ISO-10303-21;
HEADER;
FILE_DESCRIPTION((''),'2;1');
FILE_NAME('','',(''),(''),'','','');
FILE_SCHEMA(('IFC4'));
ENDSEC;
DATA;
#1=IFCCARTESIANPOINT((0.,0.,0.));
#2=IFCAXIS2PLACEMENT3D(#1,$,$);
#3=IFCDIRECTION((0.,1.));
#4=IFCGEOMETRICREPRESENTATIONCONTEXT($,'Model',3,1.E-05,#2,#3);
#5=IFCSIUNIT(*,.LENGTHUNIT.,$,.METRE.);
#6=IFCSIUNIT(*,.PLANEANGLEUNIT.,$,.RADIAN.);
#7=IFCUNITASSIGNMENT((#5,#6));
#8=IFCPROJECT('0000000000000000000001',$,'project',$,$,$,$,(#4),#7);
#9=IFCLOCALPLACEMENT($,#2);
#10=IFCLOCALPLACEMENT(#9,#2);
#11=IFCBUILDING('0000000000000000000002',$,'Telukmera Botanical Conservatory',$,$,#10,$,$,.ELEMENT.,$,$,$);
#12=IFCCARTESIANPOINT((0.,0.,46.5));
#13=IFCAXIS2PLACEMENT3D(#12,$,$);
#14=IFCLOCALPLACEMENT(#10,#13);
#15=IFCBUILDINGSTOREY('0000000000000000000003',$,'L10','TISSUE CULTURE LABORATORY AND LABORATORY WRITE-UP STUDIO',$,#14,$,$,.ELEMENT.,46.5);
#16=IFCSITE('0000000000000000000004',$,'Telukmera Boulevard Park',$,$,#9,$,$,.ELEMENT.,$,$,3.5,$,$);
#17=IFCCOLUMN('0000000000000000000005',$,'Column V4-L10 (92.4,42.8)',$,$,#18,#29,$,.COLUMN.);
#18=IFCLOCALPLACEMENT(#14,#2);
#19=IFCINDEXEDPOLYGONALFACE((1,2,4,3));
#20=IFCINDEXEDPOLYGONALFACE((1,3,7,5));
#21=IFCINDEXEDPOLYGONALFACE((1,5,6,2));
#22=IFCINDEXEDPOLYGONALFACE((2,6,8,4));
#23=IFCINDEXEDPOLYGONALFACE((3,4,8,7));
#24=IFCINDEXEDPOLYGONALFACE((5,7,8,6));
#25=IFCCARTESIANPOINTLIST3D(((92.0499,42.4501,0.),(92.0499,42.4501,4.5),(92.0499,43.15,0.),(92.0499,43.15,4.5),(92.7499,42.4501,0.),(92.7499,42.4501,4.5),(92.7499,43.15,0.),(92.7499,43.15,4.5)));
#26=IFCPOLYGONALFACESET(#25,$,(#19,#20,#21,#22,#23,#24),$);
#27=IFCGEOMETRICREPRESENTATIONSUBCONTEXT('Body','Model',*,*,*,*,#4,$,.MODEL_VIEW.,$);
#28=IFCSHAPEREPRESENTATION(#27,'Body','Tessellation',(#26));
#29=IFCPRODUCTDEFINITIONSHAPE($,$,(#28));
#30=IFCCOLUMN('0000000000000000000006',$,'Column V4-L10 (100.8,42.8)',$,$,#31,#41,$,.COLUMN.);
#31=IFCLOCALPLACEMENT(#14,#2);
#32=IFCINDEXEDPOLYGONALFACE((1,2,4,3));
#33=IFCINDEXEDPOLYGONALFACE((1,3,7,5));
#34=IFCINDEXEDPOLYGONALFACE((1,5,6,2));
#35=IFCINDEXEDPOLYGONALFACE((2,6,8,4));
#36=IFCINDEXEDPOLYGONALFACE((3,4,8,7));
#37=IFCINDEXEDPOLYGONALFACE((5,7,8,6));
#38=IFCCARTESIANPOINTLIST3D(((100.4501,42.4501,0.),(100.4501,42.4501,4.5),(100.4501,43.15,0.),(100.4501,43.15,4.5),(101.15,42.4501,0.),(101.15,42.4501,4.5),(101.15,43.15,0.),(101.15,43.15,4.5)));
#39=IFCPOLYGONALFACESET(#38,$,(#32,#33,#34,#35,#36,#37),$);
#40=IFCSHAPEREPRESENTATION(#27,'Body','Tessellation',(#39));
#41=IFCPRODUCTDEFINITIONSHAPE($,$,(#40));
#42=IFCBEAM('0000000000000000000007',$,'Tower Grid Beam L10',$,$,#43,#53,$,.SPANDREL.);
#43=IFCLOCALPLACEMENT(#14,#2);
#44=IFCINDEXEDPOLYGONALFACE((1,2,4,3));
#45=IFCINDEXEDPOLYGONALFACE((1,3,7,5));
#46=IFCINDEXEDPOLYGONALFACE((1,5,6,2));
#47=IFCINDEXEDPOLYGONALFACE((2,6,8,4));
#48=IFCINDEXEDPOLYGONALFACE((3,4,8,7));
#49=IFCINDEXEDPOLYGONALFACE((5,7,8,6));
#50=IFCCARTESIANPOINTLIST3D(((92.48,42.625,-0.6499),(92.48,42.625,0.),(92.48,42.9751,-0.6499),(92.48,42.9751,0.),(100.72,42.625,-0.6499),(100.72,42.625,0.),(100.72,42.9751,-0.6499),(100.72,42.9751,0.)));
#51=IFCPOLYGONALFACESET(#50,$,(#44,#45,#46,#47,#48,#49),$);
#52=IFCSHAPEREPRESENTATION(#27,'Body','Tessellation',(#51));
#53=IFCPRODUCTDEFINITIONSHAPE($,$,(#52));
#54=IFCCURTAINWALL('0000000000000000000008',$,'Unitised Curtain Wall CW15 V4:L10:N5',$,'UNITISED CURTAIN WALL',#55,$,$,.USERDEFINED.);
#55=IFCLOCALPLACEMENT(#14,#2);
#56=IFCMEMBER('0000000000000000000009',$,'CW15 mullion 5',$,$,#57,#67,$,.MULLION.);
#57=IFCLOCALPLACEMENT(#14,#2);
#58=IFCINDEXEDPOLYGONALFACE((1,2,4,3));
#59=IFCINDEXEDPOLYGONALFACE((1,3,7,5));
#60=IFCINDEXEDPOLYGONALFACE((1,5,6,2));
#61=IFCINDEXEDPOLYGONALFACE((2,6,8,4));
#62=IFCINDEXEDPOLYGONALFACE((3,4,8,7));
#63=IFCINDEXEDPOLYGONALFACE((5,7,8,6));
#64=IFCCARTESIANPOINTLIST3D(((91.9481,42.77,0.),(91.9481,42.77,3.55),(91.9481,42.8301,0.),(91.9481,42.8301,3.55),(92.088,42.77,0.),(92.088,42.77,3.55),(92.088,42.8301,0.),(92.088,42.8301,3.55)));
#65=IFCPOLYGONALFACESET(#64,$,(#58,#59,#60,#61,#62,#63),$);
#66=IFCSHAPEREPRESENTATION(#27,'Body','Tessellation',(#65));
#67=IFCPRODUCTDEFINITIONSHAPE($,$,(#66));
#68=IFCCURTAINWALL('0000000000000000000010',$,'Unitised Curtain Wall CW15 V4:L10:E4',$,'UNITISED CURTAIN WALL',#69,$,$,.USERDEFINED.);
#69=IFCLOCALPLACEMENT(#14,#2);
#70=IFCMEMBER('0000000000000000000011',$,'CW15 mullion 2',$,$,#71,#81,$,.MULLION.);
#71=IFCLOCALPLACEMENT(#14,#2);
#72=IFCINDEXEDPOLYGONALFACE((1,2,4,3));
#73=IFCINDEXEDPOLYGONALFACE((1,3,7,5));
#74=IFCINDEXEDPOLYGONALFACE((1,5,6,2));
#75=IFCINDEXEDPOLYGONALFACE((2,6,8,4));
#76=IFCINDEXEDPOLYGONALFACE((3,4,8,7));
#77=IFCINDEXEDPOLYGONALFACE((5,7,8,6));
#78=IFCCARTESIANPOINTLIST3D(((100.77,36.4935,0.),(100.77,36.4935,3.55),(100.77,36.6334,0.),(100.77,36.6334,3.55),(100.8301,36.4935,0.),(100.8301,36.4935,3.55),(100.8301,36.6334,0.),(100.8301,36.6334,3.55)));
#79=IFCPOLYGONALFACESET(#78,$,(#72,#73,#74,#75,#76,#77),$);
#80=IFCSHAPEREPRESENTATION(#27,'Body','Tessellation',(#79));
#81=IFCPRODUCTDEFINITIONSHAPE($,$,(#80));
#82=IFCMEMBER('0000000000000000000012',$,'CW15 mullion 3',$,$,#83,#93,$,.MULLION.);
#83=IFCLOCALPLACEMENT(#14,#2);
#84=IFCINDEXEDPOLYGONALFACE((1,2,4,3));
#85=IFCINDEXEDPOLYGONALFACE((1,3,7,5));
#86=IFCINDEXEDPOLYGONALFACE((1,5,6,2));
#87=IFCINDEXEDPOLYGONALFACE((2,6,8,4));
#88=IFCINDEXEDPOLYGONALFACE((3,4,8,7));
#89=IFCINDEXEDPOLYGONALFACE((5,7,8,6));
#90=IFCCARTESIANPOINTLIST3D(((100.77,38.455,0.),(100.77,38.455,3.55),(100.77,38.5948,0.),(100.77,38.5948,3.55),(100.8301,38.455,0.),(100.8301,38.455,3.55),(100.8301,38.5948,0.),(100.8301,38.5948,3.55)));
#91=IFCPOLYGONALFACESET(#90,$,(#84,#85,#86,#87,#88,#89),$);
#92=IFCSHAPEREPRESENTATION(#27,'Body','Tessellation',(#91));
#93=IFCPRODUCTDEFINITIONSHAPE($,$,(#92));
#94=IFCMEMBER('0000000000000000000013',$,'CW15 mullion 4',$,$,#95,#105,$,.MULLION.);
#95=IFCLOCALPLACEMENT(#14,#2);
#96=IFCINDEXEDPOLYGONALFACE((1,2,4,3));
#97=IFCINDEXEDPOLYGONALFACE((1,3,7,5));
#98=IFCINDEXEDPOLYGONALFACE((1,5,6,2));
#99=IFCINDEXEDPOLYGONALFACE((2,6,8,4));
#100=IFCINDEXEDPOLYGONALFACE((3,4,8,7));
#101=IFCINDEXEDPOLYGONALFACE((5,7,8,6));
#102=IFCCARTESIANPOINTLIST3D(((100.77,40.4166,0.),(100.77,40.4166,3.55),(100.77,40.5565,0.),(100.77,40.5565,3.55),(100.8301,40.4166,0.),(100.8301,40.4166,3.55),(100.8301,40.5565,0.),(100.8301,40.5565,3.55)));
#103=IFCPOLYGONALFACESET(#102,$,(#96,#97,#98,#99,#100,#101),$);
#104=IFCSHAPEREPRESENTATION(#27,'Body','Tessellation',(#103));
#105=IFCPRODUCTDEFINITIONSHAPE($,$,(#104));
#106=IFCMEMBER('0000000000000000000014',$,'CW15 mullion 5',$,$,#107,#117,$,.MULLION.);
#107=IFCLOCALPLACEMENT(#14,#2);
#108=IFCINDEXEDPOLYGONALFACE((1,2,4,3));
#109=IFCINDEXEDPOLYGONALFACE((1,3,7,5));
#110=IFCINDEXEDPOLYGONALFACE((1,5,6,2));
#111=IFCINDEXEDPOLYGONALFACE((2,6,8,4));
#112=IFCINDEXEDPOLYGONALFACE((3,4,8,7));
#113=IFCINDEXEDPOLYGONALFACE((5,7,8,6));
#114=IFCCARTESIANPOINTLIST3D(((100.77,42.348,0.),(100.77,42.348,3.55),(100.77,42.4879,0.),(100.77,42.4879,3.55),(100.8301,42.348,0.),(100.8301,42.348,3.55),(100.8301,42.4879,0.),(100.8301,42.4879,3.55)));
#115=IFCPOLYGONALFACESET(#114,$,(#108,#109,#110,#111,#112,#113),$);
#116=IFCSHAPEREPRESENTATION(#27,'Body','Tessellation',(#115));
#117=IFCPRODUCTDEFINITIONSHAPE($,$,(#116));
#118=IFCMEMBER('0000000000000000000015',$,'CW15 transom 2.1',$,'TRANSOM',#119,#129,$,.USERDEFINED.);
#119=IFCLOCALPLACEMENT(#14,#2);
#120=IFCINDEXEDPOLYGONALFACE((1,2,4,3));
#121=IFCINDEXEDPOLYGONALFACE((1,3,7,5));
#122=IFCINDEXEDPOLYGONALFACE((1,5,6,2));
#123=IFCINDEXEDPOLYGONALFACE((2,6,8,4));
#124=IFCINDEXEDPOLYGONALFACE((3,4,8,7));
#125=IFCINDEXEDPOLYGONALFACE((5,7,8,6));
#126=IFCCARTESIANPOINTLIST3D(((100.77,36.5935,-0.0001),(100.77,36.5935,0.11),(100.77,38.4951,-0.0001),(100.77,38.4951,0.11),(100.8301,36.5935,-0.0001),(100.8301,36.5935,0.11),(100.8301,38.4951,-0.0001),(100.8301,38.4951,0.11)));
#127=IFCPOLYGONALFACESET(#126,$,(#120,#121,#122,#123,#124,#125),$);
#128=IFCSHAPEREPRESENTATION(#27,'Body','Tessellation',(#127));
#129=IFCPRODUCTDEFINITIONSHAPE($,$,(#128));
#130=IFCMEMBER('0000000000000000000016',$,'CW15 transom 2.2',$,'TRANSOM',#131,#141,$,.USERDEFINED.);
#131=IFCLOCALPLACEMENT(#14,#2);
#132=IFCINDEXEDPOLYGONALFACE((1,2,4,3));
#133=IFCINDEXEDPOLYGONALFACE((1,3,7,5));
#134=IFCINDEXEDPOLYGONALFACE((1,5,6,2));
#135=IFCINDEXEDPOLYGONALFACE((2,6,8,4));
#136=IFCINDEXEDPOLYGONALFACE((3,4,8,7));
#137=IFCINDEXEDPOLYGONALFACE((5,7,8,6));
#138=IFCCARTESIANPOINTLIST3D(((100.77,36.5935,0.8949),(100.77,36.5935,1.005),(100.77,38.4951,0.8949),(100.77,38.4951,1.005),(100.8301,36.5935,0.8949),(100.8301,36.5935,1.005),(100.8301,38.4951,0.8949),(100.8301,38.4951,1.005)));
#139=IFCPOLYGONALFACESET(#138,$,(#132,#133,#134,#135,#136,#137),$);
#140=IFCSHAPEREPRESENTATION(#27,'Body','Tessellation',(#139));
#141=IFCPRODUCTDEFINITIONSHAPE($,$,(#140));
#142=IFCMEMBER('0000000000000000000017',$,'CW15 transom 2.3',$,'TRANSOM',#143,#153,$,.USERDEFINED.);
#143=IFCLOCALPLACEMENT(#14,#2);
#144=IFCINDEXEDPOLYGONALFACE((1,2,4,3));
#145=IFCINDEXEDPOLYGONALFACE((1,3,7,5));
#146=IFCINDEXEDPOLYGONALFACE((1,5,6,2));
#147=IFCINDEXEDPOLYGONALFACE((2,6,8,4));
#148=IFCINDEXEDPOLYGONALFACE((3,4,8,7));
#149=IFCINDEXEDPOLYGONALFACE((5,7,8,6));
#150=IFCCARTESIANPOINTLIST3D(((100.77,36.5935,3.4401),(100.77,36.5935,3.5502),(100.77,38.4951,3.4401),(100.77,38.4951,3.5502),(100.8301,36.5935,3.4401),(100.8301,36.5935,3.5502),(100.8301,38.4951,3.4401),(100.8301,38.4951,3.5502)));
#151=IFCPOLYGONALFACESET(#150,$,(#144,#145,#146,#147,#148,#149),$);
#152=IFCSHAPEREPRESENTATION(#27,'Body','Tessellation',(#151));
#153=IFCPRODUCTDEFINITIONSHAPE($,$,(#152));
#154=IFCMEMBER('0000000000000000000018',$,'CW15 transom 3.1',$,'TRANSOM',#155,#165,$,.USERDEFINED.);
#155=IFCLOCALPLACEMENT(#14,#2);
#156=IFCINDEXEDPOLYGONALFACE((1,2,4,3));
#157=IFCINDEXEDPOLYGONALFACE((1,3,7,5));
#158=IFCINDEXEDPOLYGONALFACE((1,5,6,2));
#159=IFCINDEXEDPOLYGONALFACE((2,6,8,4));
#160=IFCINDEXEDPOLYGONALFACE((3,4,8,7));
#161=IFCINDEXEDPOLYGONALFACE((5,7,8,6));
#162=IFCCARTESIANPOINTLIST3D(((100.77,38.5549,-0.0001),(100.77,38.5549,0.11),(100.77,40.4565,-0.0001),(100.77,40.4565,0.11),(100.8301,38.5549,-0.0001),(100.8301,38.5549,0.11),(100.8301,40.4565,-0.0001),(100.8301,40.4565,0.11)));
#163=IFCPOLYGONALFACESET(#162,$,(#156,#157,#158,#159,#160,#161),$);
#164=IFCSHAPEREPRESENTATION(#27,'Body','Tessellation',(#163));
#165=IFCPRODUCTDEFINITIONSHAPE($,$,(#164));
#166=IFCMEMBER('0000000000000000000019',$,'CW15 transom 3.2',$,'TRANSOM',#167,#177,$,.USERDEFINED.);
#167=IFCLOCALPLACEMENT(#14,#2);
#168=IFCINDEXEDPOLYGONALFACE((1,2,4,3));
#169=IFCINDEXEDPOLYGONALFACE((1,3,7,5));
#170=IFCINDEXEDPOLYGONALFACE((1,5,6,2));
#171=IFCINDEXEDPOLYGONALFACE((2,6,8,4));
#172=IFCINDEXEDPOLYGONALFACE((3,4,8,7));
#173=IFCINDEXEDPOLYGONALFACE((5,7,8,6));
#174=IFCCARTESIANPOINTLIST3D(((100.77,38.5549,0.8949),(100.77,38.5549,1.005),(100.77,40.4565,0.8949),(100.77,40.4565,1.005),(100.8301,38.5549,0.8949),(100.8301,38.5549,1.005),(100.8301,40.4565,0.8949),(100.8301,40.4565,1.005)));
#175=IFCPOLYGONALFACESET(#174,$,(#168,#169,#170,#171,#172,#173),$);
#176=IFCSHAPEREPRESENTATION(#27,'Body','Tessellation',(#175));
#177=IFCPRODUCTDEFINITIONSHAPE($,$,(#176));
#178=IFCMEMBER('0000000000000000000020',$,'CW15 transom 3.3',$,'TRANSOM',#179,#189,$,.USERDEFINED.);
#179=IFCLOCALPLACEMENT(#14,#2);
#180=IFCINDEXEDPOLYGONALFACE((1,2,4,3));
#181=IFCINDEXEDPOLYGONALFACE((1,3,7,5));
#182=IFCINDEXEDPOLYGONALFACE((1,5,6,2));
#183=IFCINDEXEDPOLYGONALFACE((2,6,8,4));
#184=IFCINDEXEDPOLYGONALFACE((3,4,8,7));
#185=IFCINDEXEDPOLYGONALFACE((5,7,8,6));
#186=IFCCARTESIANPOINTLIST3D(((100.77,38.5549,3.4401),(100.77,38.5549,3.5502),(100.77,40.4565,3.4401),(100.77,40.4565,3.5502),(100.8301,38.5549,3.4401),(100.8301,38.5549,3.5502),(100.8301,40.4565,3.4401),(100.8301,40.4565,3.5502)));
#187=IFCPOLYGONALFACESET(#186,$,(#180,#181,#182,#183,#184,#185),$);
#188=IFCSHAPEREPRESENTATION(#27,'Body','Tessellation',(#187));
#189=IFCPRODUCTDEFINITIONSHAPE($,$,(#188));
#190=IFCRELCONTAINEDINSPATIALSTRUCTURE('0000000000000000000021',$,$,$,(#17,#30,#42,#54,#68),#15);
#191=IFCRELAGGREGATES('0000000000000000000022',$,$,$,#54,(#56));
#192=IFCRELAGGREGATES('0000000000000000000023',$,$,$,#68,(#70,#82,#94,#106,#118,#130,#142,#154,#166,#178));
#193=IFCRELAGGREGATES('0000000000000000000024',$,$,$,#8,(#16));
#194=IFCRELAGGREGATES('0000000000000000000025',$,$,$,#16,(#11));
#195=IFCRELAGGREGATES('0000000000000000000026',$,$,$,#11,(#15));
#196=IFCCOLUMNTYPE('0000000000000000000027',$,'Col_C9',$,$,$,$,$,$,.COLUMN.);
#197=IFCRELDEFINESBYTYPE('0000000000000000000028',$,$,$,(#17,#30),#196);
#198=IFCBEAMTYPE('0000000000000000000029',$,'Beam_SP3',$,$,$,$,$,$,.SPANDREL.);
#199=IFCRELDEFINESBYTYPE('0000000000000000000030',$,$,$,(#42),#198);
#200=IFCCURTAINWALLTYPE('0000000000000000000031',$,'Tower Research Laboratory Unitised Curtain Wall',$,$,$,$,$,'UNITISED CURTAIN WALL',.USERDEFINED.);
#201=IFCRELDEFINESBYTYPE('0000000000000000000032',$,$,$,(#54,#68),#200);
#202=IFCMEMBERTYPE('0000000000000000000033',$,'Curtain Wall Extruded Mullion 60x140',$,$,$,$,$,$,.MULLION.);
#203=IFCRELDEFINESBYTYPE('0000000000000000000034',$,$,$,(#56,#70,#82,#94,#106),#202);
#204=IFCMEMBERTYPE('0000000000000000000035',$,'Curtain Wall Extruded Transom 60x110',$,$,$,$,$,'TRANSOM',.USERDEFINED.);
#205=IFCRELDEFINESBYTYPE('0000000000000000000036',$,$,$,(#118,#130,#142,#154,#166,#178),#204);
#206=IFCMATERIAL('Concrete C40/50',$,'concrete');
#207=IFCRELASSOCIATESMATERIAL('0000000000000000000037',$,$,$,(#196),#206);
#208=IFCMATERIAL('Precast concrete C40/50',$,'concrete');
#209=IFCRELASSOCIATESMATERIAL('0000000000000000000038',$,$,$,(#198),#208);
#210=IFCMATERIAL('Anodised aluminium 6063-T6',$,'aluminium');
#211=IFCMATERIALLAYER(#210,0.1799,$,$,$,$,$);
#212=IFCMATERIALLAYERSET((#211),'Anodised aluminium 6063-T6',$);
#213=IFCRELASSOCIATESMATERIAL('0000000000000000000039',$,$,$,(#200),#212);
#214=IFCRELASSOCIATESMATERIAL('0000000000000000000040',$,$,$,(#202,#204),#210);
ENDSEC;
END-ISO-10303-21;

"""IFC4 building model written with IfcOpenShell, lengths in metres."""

from ifc_helpers import new_model, si_unit, direction, frame, origin, origin_2d, place, context, subcontext, project, spatial, rectangle, extrude, material, layer, layer_set, material_profile, profile_set, type_object, element, aggregate, save


model = new_model("IFC4")

# Units and contexts
model_context = context("Model", 3, precision=1e-05, world=origin(), true_north=direction((0.0, 1.0)))
body_context = subcontext(model_context, "Body", "Model", "MODEL_VIEW")
ifc_project = project(units=[si_unit("LENGTHUNIT", "METRE"), si_unit("PLANEANGLEUNIT", "RADIAN")], contexts=[model_context])

# Site, building, storey
site_placement = place(None, origin())
site = spatial("IfcSite", under=ifc_project, at=site_placement, Name="Telukmera Boulevard Park", CompositionType="ELEMENT", RefElevation=3.5)
building_placement = place(site_placement, origin())
building = spatial("IfcBuilding", under=site, at=building_placement, Name="Telukmera Botanical Conservatory", CompositionType="ELEMENT")
storey_placement = place(building_placement, frame((0.0, 0.0, 46.5)))
storey = spatial("IfcBuildingStorey", under=building, at=storey_placement, Name="L10", Description="TISSUE CULTURE LABORATORY AND LABORATORY WRITE-UP STUDIO", CompositionType="ELEMENT", Elevation=46.5)

# Columns
ifc_material_1 = material(Name="Concrete C40/50", Category="concrete")
ifc_material_profile_1 = material_profile(ifc_material_1, rectangle(XDim=0.7, YDim=0.7, at=origin_2d()), Name="RC 700x700")
ifc_profile_set_1 = profile_set([ifc_material_profile_1], Name="Concrete C40/50")
column_type = type_object("IfcColumnType", Name="Col_C9", PredefinedType="COLUMN", material=ifc_profile_set_1)
for number, where, z_axis, x_axis, name in (
    (1, (92.3999, 42.8, 0.0), (0.0, 0.0, 1.0), (1.0, 0.0, 0.0), "Column V4-L10 (92.4,42.8)"),
    (2, (100.8, 42.8, 0.0), (0.0, 0.0, 1.0), (1.0, 0.0, 0.0), "Column V4-L10 (100.8,42.8)"),
):
    element("IfcColumn", number, at=place(storey_placement, frame(where, z_axis=z_axis, x_axis=x_axis)), inside=storey, type_object=column_type, Name=name, PredefinedType="COLUMN", context=body_context, shape_type="SweptSolid", body=[
        extrude(rectangle(XDim=0.7, YDim=0.7, at=origin_2d()), origin(), (0.0, 0.0, 1.0), 4.5),
    ])

# Beam
ifc_material_2 = material(Name="Precast concrete C40/50", Category="concrete")
ifc_material_profile_2 = material_profile(ifc_material_2, rectangle(XDim=0.3501, YDim=0.6499, at=origin_2d()), Name="PC 350x650")
ifc_profile_set_2 = profile_set([ifc_material_profile_2], Name="Precast concrete C40/50")
beam_type = type_object("IfcBeamType", Name="Beam_SP3", PredefinedType="SPANDREL", material=ifc_profile_set_2)
beam_placement = place(storey_placement, frame((92.48, 42.8, -0.325), z_axis=(1.0, 0.0, 0.0), x_axis=(0.0, 1.0, 0.0)))
element("IfcBeam", 3, at=beam_placement, inside=storey, type_object=beam_type, Name="Tower Grid Beam L10", PredefinedType="SPANDREL", context=body_context, shape_type="SweptSolid", body=[
    extrude(rectangle(XDim=0.3501, YDim=0.6499, at=origin_2d()), origin(), (0.0, 0.0, 1.0), 8.24),
])

# Curtain wall, member
ifc_material_3 = material(Name="Anodised aluminium 6063-T6", Category="aluminium")
ifc_layer_1 = layer(ifc_material_3, 0.1799)
ifc_layer_set_1 = layer_set([ifc_layer_1], Name="Anodised aluminium 6063-T6")
curtain_wall_type = type_object("IfcCurtainWallType", Name="Tower Research Laboratory Unitised Curtain Wall", ElementType="UNITISED CURTAIN WALL", PredefinedType="USERDEFINED", material=ifc_layer_set_1)
curtain_wall_1_placement = place(storey_placement, origin())
curtain_wall_1 = element("IfcCurtainWall", 4, at=curtain_wall_1_placement, inside=storey, type_object=curtain_wall_type, Name="Unitised Curtain Wall CW15 V4:L10:N5", ObjectType="UNITISED CURTAIN WALL", PredefinedType="USERDEFINED")
ifc_material_profile_3 = material_profile(ifc_material_3, rectangle(XDim=0.0601, YDim=0.1399, at=origin_2d()), Name="ALU MULL 60x140")
ifc_profile_set_3 = profile_set([ifc_material_profile_3], Name="Anodised aluminium 6063-T6")
member_type_1 = type_object("IfcMemberType", Name="Curtain Wall Extruded Mullion 60x140", PredefinedType="MULLION", material=ifc_profile_set_3)
member_1_placement = place(storey_placement, frame((92.0181, 42.8, 0.0), z_axis=(0.0, 0.0, 1.0), x_axis=(0.0, 1.0, 0.0)))
member_1 = element("IfcMember", 5, at=member_1_placement, type_object=member_type_1, Name="CW15 mullion 5", PredefinedType="MULLION", context=body_context, shape_type="SweptSolid", body=[
    extrude(rectangle(XDim=0.0601, YDim=0.1399, at=origin_2d()), origin(), (0.0, 0.0, 1.0), 3.55),
])
aggregate(curtain_wall_1, [member_1])

# Curtain wall, members
curtain_wall_2_placement = place(storey_placement, origin())
curtain_wall_2 = element("IfcCurtainWall", 6, at=curtain_wall_2_placement, inside=storey, type_object=curtain_wall_type, Name="Unitised Curtain Wall CW15 V4:L10:E4", ObjectType="UNITISED CURTAIN WALL", PredefinedType="USERDEFINED")
member_2_placement = place(storey_placement, frame((100.8, 36.5635, 0.0), z_axis=(0.0, 0.0, 1.0), x_axis=(-1.0, 0.0, 0.0)))
member_2 = element("IfcMember", 7, at=member_2_placement, type_object=member_type_1, Name="CW15 mullion 2", PredefinedType="MULLION", context=body_context, shape_type="SweptSolid", body=[
    extrude(rectangle(XDim=0.0601, YDim=0.1399, at=origin_2d()), origin(), (0.0, 0.0, 1.0), 3.55),
])
member_3_placement = place(storey_placement, frame((100.8, 38.5249, 0.0), z_axis=(0.0, 0.0, 1.0), x_axis=(-1.0, 0.0, 0.0)))
member_3 = element("IfcMember", 8, at=member_3_placement, type_object=member_type_1, Name="CW15 mullion 3", PredefinedType="MULLION", context=body_context, shape_type="SweptSolid", body=[
    extrude(rectangle(XDim=0.0601, YDim=0.1399, at=origin_2d()), origin(), (0.0, 0.0, 1.0), 3.55),
])
member_4_placement = place(storey_placement, frame((100.8, 40.4866, 0.0), z_axis=(0.0, 0.0, 1.0), x_axis=(-1.0, 0.0, 0.0)))
member_4 = element("IfcMember", 9, at=member_4_placement, type_object=member_type_1, Name="CW15 mullion 4", PredefinedType="MULLION", context=body_context, shape_type="SweptSolid", body=[
    extrude(rectangle(XDim=0.0601, YDim=0.1399, at=origin_2d()), origin(), (0.0, 0.0, 1.0), 3.55),
])
member_5_placement = place(storey_placement, frame((100.8, 42.418, 0.0), z_axis=(0.0, 0.0, 1.0), x_axis=(-1.0, 0.0, 0.0)))
member_5 = element("IfcMember", 10, at=member_5_placement, type_object=member_type_1, Name="CW15 mullion 5", PredefinedType="MULLION", context=body_context, shape_type="SweptSolid", body=[
    extrude(rectangle(XDim=0.0601, YDim=0.1399, at=origin_2d()), origin(), (0.0, 0.0, 1.0), 3.55),
])
ifc_material_profile_4 = material_profile(ifc_material_3, rectangle(XDim=0.0601, YDim=0.1101, at=origin_2d()), Name="ALU TRAN 60x110")
ifc_profile_set_4 = profile_set([ifc_material_profile_4], Name="Anodised aluminium 6063-T6")
member_type_2 = type_object("IfcMemberType", Name="Curtain Wall Extruded Transom 60x110", ElementType="TRANSOM", PredefinedType="USERDEFINED", material=ifc_profile_set_4)
member_6_placement = place(storey_placement, frame((100.8, 36.5935, 0.0549), z_axis=(0.0, 1.0, 0.0), x_axis=(-1.0, 0.0, 0.0)))
member_6 = element("IfcMember", 11, at=member_6_placement, type_object=member_type_2, Name="CW15 transom 2.1", ObjectType="TRANSOM", PredefinedType="USERDEFINED", context=body_context, shape_type="SweptSolid", body=[
    extrude(rectangle(XDim=0.0601, YDim=0.1101, at=origin_2d()), origin(), (0.0, 0.0, 1.0), 1.9016),
])
member_7_placement = place(storey_placement, frame((100.8, 36.5935, 0.95), z_axis=(0.0, 1.0, 0.0), x_axis=(-1.0, 0.0, 0.0)))
member_7 = element("IfcMember", 12, at=member_7_placement, type_object=member_type_2, Name="CW15 transom 2.2", ObjectType="TRANSOM", PredefinedType="USERDEFINED", context=body_context, shape_type="SweptSolid", body=[
    extrude(rectangle(XDim=0.0601, YDim=0.1101, at=origin_2d()), origin(), (0.0, 0.0, 1.0), 1.9016),
])
member_8_placement = place(storey_placement, frame((100.8, 36.5935, 3.4951), z_axis=(0.0, 1.0, 0.0), x_axis=(-1.0, 0.0, 0.0)))
member_8 = element("IfcMember", 13, at=member_8_placement, type_object=member_type_2, Name="CW15 transom 2.3", ObjectType="TRANSOM", PredefinedType="USERDEFINED", context=body_context, shape_type="SweptSolid", body=[
    extrude(rectangle(XDim=0.0601, YDim=0.1101, at=origin_2d()), origin(), (0.0, 0.0, 1.0), 1.9016),
])
member_9_placement = place(storey_placement, frame((100.8, 38.5549, 0.0549), z_axis=(0.0, 1.0, 0.0), x_axis=(-1.0, 0.0, 0.0)))
member_9 = element("IfcMember", 14, at=member_9_placement, type_object=member_type_2, Name="CW15 transom 3.1", ObjectType="TRANSOM", PredefinedType="USERDEFINED", context=body_context, shape_type="SweptSolid", body=[
    extrude(rectangle(XDim=0.0601, YDim=0.1101, at=origin_2d()), origin(), (0.0, 0.0, 1.0), 1.9016),
])
member_10_placement = place(storey_placement, frame((100.8, 38.5549, 0.95), z_axis=(0.0, 1.0, 0.0), x_axis=(-1.0, 0.0, 0.0)))
member_10 = element("IfcMember", 15, at=member_10_placement, type_object=member_type_2, Name="CW15 transom 3.2", ObjectType="TRANSOM", PredefinedType="USERDEFINED", context=body_context, shape_type="SweptSolid", body=[
    extrude(rectangle(XDim=0.0601, YDim=0.1101, at=origin_2d()), origin(), (0.0, 0.0, 1.0), 1.9016),
])
member_11_placement = place(storey_placement, frame((100.8, 38.5549, 3.4951), z_axis=(0.0, 1.0, 0.0), x_axis=(-1.0, 0.0, 0.0)))
member_11 = element("IfcMember", 16, at=member_11_placement, type_object=member_type_2, Name="CW15 transom 3.3", ObjectType="TRANSOM", PredefinedType="USERDEFINED", context=body_context, shape_type="SweptSolid", body=[
    extrude(rectangle(XDim=0.0601, YDim=0.1101, at=origin_2d()), origin(), (0.0, 0.0, 1.0), 1.9016),
])
aggregate(curtain_wall_2, [member_2, member_3, member_4, member_5, member_6, member_7, member_8, member_9, member_10, member_11])

save(model, "model.ifc")
